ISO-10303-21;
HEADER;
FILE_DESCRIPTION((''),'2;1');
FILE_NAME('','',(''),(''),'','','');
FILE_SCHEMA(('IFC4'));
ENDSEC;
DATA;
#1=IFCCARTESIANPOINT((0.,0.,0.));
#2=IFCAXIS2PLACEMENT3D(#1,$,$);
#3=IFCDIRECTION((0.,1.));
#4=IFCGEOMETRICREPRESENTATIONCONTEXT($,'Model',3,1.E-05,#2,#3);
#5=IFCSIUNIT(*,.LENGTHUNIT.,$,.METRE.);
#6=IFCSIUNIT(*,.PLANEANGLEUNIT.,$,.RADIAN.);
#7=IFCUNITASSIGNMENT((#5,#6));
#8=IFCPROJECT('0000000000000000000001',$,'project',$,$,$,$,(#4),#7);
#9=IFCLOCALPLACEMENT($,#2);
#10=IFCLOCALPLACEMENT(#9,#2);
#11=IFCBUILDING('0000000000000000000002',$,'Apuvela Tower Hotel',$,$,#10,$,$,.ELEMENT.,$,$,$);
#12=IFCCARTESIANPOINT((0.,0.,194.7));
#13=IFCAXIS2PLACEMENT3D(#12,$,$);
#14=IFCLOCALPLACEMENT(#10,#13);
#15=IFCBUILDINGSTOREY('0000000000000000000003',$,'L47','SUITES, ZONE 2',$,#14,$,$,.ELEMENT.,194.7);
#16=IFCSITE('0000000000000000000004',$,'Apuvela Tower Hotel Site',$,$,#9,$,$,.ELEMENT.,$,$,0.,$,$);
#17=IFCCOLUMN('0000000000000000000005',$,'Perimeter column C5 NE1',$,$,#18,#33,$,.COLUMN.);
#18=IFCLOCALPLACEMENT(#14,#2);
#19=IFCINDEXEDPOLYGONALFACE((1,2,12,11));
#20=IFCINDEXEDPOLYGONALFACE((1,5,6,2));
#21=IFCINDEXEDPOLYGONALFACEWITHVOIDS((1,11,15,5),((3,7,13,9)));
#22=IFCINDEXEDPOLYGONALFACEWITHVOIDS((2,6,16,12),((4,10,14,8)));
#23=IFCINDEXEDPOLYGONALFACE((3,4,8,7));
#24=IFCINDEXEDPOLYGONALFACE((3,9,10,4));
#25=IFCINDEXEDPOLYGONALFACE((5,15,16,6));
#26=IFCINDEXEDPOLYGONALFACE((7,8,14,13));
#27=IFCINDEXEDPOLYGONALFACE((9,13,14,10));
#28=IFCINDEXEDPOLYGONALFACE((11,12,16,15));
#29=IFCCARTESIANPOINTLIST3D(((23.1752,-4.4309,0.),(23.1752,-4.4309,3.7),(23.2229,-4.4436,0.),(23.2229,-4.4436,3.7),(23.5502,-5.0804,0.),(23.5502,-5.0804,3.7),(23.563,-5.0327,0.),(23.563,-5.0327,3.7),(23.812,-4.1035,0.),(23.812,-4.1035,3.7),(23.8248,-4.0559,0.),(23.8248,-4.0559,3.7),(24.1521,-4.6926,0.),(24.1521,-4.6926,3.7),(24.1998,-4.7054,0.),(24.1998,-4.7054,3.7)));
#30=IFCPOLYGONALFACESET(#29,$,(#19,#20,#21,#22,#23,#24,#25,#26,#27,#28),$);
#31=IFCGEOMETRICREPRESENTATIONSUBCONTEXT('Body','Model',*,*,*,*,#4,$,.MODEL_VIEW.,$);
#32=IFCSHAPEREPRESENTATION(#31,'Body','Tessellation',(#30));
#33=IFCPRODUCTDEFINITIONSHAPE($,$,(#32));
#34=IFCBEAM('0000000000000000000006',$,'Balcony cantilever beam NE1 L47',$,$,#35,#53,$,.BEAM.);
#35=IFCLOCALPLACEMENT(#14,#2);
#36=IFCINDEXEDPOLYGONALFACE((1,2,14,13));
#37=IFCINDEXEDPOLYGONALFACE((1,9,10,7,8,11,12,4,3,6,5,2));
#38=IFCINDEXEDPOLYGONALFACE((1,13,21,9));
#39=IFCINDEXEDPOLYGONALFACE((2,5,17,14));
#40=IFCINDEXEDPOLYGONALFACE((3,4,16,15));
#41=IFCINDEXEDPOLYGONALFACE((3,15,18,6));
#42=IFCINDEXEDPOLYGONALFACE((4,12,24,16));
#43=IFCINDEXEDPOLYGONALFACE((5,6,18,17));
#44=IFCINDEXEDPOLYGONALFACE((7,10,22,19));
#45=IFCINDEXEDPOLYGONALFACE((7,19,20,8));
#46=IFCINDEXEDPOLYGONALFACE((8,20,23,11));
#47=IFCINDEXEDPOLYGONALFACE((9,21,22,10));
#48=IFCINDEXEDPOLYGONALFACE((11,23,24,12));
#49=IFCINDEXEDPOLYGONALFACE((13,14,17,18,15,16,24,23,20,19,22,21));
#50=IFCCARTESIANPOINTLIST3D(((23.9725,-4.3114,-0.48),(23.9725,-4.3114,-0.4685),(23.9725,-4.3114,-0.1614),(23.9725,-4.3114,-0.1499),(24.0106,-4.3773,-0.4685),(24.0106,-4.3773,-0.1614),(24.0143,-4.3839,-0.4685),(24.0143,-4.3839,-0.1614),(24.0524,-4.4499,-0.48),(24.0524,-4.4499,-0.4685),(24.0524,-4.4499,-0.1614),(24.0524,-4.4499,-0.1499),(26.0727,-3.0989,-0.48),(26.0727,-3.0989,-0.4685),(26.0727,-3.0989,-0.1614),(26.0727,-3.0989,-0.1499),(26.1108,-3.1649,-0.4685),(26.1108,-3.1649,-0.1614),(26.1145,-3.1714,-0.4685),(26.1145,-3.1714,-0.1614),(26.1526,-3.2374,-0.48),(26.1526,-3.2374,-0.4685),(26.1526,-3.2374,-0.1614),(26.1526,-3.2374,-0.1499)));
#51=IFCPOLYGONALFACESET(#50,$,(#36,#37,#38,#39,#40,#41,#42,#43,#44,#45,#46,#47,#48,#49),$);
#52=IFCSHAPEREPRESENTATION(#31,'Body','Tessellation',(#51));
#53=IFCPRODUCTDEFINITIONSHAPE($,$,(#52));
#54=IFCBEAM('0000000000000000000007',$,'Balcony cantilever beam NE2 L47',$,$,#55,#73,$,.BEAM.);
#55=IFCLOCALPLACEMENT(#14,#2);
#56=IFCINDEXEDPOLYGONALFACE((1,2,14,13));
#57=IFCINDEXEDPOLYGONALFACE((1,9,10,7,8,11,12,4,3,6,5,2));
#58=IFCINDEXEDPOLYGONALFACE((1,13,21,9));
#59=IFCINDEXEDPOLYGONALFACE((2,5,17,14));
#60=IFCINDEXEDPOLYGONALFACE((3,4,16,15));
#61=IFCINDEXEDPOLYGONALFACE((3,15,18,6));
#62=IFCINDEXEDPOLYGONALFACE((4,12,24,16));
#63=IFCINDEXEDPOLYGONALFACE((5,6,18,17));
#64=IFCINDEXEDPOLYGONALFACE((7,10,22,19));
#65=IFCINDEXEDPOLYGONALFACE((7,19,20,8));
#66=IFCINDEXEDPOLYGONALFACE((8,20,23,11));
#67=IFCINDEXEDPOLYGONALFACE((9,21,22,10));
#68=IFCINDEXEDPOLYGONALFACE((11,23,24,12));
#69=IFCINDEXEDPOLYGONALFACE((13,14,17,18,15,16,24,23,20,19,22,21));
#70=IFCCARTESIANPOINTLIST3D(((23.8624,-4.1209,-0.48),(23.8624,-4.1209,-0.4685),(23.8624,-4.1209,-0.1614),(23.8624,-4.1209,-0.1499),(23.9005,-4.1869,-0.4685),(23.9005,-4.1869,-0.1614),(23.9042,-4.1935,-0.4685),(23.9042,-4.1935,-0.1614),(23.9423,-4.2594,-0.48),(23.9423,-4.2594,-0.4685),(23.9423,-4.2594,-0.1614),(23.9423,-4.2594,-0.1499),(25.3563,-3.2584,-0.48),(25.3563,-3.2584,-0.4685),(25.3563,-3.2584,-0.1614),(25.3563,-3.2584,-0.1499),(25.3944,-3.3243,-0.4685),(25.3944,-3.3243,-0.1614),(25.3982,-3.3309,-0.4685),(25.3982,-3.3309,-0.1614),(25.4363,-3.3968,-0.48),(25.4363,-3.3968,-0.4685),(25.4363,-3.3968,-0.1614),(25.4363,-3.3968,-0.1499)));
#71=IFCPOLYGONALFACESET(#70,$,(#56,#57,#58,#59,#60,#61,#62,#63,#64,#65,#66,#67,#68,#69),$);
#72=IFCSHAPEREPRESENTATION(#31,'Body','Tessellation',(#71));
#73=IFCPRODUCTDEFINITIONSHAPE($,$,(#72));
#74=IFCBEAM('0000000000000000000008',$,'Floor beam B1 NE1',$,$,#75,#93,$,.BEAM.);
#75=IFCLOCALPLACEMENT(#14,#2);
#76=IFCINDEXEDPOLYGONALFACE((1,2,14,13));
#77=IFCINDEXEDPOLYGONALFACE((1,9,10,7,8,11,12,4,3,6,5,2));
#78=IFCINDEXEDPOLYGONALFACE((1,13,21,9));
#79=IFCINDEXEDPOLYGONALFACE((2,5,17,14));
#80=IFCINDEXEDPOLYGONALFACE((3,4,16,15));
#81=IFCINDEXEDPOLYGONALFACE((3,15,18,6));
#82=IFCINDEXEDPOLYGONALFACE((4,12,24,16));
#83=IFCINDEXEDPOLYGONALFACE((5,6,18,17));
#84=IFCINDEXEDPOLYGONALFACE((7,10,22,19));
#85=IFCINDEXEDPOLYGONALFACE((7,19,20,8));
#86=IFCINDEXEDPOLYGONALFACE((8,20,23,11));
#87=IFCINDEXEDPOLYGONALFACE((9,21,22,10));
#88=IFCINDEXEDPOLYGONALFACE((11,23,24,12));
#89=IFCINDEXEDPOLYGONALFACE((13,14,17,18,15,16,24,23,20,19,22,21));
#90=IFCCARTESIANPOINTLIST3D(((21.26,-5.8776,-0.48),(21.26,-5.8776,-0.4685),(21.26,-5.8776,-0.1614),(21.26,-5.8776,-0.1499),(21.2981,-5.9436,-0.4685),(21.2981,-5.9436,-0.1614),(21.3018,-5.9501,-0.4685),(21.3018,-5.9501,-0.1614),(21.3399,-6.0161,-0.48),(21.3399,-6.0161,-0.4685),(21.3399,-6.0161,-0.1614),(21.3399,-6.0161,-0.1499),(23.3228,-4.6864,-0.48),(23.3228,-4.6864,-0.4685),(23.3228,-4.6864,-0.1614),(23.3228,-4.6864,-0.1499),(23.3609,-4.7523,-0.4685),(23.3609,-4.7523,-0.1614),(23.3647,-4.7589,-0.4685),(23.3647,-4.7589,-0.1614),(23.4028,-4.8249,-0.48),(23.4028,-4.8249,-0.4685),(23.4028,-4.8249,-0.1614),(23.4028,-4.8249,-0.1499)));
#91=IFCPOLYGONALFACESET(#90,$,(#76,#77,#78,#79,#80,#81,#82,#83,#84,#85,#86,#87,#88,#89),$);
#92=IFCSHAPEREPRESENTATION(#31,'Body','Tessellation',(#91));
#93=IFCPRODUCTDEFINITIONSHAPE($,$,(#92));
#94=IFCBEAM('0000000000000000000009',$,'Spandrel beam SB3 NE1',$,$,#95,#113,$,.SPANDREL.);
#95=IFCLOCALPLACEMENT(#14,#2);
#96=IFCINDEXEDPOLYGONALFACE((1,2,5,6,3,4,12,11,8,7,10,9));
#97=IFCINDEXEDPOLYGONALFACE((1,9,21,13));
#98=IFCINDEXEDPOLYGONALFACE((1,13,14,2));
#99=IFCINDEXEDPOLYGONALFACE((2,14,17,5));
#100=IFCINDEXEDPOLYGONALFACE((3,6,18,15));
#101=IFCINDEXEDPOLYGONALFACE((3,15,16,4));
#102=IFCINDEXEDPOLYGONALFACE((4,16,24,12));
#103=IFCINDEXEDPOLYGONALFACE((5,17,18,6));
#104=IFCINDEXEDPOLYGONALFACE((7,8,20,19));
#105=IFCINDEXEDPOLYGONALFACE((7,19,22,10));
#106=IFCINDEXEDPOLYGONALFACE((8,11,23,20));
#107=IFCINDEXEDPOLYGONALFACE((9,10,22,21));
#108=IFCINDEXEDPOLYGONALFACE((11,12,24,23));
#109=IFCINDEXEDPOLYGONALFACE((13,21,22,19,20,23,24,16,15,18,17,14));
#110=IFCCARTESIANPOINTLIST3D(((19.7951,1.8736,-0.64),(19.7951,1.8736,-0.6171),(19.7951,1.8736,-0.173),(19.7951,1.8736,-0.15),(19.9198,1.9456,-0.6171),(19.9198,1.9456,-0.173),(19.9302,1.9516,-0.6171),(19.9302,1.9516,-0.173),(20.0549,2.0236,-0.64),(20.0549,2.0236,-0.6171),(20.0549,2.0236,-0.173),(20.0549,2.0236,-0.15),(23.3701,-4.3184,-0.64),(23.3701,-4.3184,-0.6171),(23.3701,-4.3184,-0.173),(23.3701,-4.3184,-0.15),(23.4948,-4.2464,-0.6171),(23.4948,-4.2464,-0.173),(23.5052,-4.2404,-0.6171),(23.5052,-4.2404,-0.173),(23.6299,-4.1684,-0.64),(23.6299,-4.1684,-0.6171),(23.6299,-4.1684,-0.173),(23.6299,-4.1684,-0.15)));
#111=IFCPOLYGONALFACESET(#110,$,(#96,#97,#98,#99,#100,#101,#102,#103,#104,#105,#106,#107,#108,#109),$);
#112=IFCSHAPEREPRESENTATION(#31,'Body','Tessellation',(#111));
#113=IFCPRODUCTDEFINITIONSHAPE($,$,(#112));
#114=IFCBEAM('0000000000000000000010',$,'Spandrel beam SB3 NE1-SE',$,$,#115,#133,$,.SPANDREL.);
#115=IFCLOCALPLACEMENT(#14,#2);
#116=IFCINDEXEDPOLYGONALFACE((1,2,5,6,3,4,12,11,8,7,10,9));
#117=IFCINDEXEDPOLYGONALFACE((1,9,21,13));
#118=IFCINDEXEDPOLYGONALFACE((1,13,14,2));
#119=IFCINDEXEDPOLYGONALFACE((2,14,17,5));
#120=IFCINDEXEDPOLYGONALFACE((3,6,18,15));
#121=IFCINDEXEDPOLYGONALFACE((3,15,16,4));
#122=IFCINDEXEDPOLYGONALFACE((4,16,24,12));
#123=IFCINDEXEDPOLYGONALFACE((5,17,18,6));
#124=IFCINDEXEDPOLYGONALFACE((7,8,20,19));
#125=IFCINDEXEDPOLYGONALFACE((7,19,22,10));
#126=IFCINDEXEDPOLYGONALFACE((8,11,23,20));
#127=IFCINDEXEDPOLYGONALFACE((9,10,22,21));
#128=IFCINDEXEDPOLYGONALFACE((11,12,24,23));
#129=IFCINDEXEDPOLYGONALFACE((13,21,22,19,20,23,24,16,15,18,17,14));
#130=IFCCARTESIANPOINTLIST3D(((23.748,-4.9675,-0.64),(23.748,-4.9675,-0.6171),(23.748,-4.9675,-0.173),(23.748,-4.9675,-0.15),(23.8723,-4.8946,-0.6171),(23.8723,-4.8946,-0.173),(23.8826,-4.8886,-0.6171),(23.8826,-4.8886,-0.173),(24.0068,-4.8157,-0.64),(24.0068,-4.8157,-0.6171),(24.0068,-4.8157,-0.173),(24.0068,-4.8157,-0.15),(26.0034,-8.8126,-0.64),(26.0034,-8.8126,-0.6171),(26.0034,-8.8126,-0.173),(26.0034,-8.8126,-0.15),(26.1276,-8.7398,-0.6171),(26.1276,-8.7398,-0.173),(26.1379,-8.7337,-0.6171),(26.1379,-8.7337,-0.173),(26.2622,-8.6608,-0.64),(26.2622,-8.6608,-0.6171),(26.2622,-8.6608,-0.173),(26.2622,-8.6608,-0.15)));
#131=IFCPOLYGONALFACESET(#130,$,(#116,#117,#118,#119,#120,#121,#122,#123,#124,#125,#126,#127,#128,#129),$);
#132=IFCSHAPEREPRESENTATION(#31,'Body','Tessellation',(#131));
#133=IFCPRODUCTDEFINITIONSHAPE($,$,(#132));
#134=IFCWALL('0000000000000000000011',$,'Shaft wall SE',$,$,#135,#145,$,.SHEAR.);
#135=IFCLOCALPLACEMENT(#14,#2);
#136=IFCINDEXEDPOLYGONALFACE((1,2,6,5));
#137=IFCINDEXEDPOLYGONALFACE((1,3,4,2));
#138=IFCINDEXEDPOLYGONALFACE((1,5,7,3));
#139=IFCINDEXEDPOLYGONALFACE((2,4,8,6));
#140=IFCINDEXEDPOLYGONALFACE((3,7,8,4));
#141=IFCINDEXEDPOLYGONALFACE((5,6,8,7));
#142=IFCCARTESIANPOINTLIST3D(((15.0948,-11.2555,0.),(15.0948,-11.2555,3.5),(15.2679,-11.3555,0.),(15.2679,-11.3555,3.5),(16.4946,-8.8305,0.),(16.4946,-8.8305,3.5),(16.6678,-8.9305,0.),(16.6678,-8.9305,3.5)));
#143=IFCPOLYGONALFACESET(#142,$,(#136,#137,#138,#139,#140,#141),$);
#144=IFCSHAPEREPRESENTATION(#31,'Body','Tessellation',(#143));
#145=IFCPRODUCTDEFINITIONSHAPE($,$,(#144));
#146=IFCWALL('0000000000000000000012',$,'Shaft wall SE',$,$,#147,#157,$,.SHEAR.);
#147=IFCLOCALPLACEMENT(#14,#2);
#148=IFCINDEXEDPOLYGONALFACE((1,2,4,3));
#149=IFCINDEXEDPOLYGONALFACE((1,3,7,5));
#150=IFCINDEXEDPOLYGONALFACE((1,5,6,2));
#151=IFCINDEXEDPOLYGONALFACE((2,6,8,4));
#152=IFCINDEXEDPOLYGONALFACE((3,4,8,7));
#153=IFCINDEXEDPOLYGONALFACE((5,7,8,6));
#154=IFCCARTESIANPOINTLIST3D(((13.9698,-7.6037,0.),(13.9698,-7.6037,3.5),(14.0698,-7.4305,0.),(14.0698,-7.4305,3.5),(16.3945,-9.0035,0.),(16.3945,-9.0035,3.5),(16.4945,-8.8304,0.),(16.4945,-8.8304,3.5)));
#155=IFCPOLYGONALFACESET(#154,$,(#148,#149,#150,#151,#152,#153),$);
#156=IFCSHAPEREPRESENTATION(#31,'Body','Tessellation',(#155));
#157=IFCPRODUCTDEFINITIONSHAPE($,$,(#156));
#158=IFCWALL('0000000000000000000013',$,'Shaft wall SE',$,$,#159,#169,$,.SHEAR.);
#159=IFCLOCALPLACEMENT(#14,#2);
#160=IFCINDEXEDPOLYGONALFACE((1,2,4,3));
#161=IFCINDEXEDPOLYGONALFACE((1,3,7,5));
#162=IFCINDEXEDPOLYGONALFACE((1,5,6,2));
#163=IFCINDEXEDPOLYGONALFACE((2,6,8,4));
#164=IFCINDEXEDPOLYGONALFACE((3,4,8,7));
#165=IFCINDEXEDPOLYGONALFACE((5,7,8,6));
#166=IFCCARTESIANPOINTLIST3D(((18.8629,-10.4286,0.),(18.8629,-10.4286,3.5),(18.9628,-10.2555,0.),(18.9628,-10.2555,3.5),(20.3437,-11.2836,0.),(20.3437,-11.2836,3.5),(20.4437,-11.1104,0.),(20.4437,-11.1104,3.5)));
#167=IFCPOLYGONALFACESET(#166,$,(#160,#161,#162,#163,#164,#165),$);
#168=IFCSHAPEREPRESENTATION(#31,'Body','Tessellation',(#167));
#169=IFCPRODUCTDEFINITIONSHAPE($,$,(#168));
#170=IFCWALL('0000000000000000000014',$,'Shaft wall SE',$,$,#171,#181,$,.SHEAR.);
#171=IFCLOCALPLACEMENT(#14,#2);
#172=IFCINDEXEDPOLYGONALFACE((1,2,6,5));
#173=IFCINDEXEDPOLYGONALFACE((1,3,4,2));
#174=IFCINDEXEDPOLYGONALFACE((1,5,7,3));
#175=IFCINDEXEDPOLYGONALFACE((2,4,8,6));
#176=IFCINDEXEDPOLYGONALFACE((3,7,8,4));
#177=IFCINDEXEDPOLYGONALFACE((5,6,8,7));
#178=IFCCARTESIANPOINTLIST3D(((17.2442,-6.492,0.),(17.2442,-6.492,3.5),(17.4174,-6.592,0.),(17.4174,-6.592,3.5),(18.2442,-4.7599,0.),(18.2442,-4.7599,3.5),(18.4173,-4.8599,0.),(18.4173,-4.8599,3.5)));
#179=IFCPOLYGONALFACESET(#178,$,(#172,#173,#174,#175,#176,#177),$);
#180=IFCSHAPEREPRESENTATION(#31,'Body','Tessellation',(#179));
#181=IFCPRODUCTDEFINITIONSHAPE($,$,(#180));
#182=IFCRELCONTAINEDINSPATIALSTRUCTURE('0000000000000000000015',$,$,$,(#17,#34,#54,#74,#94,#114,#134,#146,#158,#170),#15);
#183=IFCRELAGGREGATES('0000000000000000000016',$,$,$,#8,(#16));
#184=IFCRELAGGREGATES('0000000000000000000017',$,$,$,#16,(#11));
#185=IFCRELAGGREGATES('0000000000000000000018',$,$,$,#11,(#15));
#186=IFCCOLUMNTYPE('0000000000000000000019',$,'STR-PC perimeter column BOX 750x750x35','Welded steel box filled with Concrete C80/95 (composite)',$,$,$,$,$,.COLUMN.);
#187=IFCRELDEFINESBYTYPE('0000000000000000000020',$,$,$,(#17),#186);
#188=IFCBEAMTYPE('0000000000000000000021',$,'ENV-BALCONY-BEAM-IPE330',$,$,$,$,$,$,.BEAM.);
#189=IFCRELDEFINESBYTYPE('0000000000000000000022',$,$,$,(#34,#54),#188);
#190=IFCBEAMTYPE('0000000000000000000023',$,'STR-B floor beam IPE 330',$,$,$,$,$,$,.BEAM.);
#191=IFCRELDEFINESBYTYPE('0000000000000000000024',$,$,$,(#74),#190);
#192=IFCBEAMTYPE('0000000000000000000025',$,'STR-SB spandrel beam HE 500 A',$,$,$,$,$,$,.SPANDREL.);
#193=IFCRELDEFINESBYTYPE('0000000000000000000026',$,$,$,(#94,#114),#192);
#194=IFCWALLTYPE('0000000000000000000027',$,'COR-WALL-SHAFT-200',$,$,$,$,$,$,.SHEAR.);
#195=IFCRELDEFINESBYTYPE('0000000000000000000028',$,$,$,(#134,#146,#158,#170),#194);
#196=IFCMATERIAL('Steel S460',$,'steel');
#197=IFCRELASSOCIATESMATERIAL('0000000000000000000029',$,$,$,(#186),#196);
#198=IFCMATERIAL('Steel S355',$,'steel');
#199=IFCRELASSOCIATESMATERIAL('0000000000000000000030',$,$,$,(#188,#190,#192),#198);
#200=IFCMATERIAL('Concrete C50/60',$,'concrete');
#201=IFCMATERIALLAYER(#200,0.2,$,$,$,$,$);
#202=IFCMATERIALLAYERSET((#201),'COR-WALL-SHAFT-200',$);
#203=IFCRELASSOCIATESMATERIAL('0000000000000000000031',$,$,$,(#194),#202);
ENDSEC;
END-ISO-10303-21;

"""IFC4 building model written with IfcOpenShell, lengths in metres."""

from ifc_helpers import new_model, si_unit, direction, frame, frame_2d, origin, origin_2d, place, context, subcontext, project, spatial, rectangle, hollow_rectangle, i_section, extrude, material, layer, layer_set, material_profile, profile_set, type_object, element, save


model = new_model("IFC4")

# Units and contexts
model_context = context("Model", 3, precision=1e-05, world=origin(), true_north=direction((0.0, 1.0)))
body_context = subcontext(model_context, "Body", "Model", "MODEL_VIEW")
ifc_project = project(units=[si_unit("LENGTHUNIT", "METRE"), si_unit("PLANEANGLEUNIT", "RADIAN")], contexts=[model_context])

# Site, building, storey
site_placement = place(None, origin())
site = spatial("IfcSite", under=ifc_project, at=site_placement, Name="Apuvela Tower Hotel Site", CompositionType="ELEMENT", RefElevation=0.0)
building_placement = place(site_placement, origin())
building = spatial("IfcBuilding", under=site, at=building_placement, Name="Apuvela Tower Hotel", CompositionType="ELEMENT")
storey_placement = place(building_placement, frame((0.0, 0.0, 194.7)))
storey = spatial("IfcBuildingStorey", under=building, at=storey_placement, Name="L47", Description="SUITES, ZONE 2", CompositionType="ELEMENT", Elevation=194.7)

# Column
ifc_material_1 = material(Name="Steel S460", Category="steel")
ifc_material_profile_1 = material_profile(ifc_material_1, hollow_rectangle(XDim=0.75, YDim=0.75, WallThickness=0.0349, at=origin_2d()), Name="BOX 750x750x35")
ifc_material_2 = material(Name="Concrete C80/95", Category="concrete")
ifc_material_profile_2 = material_profile(ifc_material_2, rectangle(XDim=0.6799, YDim=0.6799, at=origin_2d()), Name="Concrete C80/95 infill")
ifc_profile_set_1 = profile_set([ifc_material_profile_1, ifc_material_profile_2], Name="Steel S460")
column_type = type_object("IfcColumnType", Name="STR-PC perimeter column BOX 750x750x35", Description="Welded steel box filled with Concrete C80/95 (composite)", PredefinedType="COLUMN", material=ifc_profile_set_1)
column_placement = place(storey_placement, frame((23.6875, -4.5681, 0.0), z_axis=(0.0, 0.0, 1.0), x_axis=(-0.5, 0.866025, 0.0)))
element("IfcColumn", 1, at=column_placement, inside=storey, type_object=column_type, Name="Perimeter column C5 NE1", PredefinedType="COLUMN", context=body_context, shape_type="SweptSolid", body=[
    extrude(hollow_rectangle(XDim=0.75, YDim=0.75, WallThickness=0.0349, at=origin_2d()), origin(), (0.0, 0.0, 1.0), 3.7),
])

# Beams
ifc_material_3 = material(Name="Steel S355", Category="steel")
ifc_material_profile_3 = material_profile(ifc_material_3, i_section(OverallWidth=0.1599, OverallDepth=0.3301, WebThickness=0.0076, FlangeThickness=0.0115, at=origin_2d()), Name="IPE 330")
ifc_profile_set_2 = profile_set([ifc_material_profile_3], Name="Steel S355")
beam_type_1 = type_object("IfcBeamType", Name="ENV-BALCONY-BEAM-IPE330", PredefinedType="BEAM", material=ifc_profile_set_2)
beam_1_placement = place(storey_placement, frame((24.0125, -4.3806, -0.3149), z_axis=(0.866041, 0.499972, 0.0), x_axis=(-0.499972, 0.866041, 0.0)))
element("IfcBeam", 2, at=beam_1_placement, inside=storey, type_object=beam_type_1, Name="Balcony cantilever beam NE1 L47", PredefinedType="BEAM", context=body_context, shape_type="SweptSolid", body=[
    extrude(i_section(OverallWidth=0.1599, OverallDepth=0.3301, WebThickness=0.0076, FlangeThickness=0.0115, at=origin_2d()), origin(), (0.0, 0.0, 1.0), 2.425),
])
beam_2_placement = place(storey_placement, frame((23.9023, -4.1902, -0.3149), z_axis=(0.866014, 0.500021, 0.0), x_axis=(-0.500021, 0.866014, 0.0)))
element("IfcBeam", 3, at=beam_2_placement, inside=storey, type_object=beam_type_1, Name="Balcony cantilever beam NE2 L47", PredefinedType="BEAM", context=body_context, shape_type="SweptSolid", body=[
    extrude(i_section(OverallWidth=0.1599, OverallDepth=0.3301, WebThickness=0.0076, FlangeThickness=0.0115, at=origin_2d()), origin(), (0.0, 0.0, 1.0), 1.7251),
])
ifc_material_profile_4 = material_profile(ifc_material_3, i_section(OverallWidth=0.1599, OverallDepth=0.3301, WebThickness=0.0076, FlangeThickness=0.0115, at=origin_2d()), Name="IPE 330")
ifc_profile_set_3 = profile_set([ifc_material_profile_4], Name="Steel S355")
beam_type_2 = type_object("IfcBeamType", Name="STR-B floor beam IPE 330", PredefinedType="BEAM", material=ifc_profile_set_3)
beam_3_placement = place(storey_placement, frame((23.3628, -4.7556, -0.3149), z_axis=(-0.865982, -0.500074, 0.0), x_axis=(0.500074, -0.865982, 0.0)))
element("IfcBeam", 4, at=beam_3_placement, inside=storey, type_object=beam_type_2, Name="Floor beam B1 NE1", PredefinedType="BEAM", context=body_context, shape_type="SweptSolid", body=[
    extrude(i_section(OverallWidth=0.1599, OverallDepth=0.3301, WebThickness=0.0076, FlangeThickness=0.0115, at=origin_2d()), origin(), (0.0, 0.0, 1.0), 2.3821),
])
ifc_material_profile_5 = material_profile(ifc_material_3, i_section(OverallWidth=0.3, OverallDepth=0.49, WebThickness=0.012, FlangeThickness=0.0229, at=origin_2d()), Name="HE 500 A")
ifc_profile_set_4 = profile_set([ifc_material_profile_5], Name="Steel S355")
beam_type_3 = type_object("IfcBeamType", Name="STR-SB spandrel beam HE 500 A", PredefinedType="SPANDREL", material=ifc_profile_set_4)
beam_4_placement = place(storey_placement, frame((23.5, -4.2434, -0.395), z_axis=(-0.500006, 0.866022, 0.0), x_axis=(-0.866022, -0.500006, 0.0)))
element("IfcBeam", 5, at=beam_4_placement, inside=storey, type_object=beam_type_3, Name="Spandrel beam SB3 NE1", PredefinedType="SPANDREL", context=body_context, shape_type="SweptSolid", body=[
    extrude(i_section(OverallWidth=0.3, OverallDepth=0.49, WebThickness=0.012, FlangeThickness=0.0229, at=origin_2d()), origin(), (0.0, 0.0, 1.0), 7.1499),
])
beam_5_placement = place(storey_placement, frame((23.8774, -4.8916, -0.395), z_axis=(0.505933, -0.862573, 0.0), x_axis=(0.862573, 0.505933, 0.0)))
element("IfcBeam", 6, at=beam_5_placement, inside=storey, type_object=beam_type_3, Name="Spandrel beam SB3 NE1-SE", PredefinedType="SPANDREL", context=body_context, shape_type="SweptSolid", body=[
    extrude(i_section(OverallWidth=0.3, OverallDepth=0.49, WebThickness=0.012, FlangeThickness=0.0229, at=origin_2d()), origin(), (0.0, 0.0, 1.0), 4.4578),
])

# Walls
ifc_material_4 = material(Name="Concrete C50/60", Category="concrete")
ifc_layer_1 = layer(ifc_material_4, 0.2)
ifc_layer_set_1 = layer_set([ifc_layer_1], Name="COR-WALL-SHAFT-200")
wall_type_1 = type_object("IfcWallType", Name="COR-WALL-SHAFT-200", PredefinedType="SHEAR", material=ifc_layer_set_1)
wall_1_placement = place(storey_placement, frame((15.1814, -11.3054, 0.0), z_axis=(0.0, 0.0, 1.0), x_axis=(0.499946, 0.866056, 0.0)))
element("IfcWall", 7, at=wall_1_placement, inside=storey, type_object=wall_type_1, Name="Shaft wall SE", PredefinedType="SHEAR", context=body_context, shape_type="SweptSolid", body=[
    extrude(rectangle(XDim=2.8, YDim=0.2, at=frame_2d((1.3999, 0.0))), origin(), (0.0, 0.0, 1.0), 3.5),
])
wall_2_placement = place(storey_placement, frame((14.0198, -7.5171, 0.0), z_axis=(0.0, 0.0, 1.0), x_axis=(0.866035, -0.499984, 0.0)))
element("IfcWall", 8, at=wall_2_placement, inside=storey, type_object=wall_type_1, Name="Shaft wall SE", PredefinedType="SHEAR", context=body_context, shape_type="SweptSolid", body=[
    extrude(rectangle(XDim=2.7998, YDim=0.2, at=frame_2d((1.3999, 0.0))), origin(), (0.0, 0.0, 1.0), 3.5),
])
wall_3_placement = place(storey_placement, frame((18.9128, -10.342, 0.0), z_axis=(0.0, 0.0, 1.0), x_axis=(0.866038, -0.499978, 0.0)))
element("IfcWall", 9, at=wall_3_placement, inside=storey, type_object=wall_type_1, Name="Shaft wall SE", PredefinedType="SHEAR", context=body_context, shape_type="SweptSolid", body=[
    extrude(rectangle(XDim=1.71, YDim=0.2, at=frame_2d((0.855, 0.0))), origin(), (0.0, 0.0, 1.0), 3.5),
])
for number, where, z_axis, x_axis, name in (
    (10, (17.3308, -6.542, 0.0), (0.0, 0.0, 1.0), (0.499973, 0.866041, 0.0), "Shaft wall SE"),
):
    element("IfcWall", number, at=place(storey_placement, frame(where, z_axis=z_axis, x_axis=x_axis)), inside=storey, type_object=wall_type_1, Name=name, PredefinedType="SHEAR", context=body_context, shape_type="SweptSolid", body=[
        extrude(rectangle(XDim=2.0, YDim=0.2, at=frame_2d((1.0, 0.0))), origin(), (0.0, 0.0, 1.0), 3.5),
    ])

save(model, "model.ifc")
